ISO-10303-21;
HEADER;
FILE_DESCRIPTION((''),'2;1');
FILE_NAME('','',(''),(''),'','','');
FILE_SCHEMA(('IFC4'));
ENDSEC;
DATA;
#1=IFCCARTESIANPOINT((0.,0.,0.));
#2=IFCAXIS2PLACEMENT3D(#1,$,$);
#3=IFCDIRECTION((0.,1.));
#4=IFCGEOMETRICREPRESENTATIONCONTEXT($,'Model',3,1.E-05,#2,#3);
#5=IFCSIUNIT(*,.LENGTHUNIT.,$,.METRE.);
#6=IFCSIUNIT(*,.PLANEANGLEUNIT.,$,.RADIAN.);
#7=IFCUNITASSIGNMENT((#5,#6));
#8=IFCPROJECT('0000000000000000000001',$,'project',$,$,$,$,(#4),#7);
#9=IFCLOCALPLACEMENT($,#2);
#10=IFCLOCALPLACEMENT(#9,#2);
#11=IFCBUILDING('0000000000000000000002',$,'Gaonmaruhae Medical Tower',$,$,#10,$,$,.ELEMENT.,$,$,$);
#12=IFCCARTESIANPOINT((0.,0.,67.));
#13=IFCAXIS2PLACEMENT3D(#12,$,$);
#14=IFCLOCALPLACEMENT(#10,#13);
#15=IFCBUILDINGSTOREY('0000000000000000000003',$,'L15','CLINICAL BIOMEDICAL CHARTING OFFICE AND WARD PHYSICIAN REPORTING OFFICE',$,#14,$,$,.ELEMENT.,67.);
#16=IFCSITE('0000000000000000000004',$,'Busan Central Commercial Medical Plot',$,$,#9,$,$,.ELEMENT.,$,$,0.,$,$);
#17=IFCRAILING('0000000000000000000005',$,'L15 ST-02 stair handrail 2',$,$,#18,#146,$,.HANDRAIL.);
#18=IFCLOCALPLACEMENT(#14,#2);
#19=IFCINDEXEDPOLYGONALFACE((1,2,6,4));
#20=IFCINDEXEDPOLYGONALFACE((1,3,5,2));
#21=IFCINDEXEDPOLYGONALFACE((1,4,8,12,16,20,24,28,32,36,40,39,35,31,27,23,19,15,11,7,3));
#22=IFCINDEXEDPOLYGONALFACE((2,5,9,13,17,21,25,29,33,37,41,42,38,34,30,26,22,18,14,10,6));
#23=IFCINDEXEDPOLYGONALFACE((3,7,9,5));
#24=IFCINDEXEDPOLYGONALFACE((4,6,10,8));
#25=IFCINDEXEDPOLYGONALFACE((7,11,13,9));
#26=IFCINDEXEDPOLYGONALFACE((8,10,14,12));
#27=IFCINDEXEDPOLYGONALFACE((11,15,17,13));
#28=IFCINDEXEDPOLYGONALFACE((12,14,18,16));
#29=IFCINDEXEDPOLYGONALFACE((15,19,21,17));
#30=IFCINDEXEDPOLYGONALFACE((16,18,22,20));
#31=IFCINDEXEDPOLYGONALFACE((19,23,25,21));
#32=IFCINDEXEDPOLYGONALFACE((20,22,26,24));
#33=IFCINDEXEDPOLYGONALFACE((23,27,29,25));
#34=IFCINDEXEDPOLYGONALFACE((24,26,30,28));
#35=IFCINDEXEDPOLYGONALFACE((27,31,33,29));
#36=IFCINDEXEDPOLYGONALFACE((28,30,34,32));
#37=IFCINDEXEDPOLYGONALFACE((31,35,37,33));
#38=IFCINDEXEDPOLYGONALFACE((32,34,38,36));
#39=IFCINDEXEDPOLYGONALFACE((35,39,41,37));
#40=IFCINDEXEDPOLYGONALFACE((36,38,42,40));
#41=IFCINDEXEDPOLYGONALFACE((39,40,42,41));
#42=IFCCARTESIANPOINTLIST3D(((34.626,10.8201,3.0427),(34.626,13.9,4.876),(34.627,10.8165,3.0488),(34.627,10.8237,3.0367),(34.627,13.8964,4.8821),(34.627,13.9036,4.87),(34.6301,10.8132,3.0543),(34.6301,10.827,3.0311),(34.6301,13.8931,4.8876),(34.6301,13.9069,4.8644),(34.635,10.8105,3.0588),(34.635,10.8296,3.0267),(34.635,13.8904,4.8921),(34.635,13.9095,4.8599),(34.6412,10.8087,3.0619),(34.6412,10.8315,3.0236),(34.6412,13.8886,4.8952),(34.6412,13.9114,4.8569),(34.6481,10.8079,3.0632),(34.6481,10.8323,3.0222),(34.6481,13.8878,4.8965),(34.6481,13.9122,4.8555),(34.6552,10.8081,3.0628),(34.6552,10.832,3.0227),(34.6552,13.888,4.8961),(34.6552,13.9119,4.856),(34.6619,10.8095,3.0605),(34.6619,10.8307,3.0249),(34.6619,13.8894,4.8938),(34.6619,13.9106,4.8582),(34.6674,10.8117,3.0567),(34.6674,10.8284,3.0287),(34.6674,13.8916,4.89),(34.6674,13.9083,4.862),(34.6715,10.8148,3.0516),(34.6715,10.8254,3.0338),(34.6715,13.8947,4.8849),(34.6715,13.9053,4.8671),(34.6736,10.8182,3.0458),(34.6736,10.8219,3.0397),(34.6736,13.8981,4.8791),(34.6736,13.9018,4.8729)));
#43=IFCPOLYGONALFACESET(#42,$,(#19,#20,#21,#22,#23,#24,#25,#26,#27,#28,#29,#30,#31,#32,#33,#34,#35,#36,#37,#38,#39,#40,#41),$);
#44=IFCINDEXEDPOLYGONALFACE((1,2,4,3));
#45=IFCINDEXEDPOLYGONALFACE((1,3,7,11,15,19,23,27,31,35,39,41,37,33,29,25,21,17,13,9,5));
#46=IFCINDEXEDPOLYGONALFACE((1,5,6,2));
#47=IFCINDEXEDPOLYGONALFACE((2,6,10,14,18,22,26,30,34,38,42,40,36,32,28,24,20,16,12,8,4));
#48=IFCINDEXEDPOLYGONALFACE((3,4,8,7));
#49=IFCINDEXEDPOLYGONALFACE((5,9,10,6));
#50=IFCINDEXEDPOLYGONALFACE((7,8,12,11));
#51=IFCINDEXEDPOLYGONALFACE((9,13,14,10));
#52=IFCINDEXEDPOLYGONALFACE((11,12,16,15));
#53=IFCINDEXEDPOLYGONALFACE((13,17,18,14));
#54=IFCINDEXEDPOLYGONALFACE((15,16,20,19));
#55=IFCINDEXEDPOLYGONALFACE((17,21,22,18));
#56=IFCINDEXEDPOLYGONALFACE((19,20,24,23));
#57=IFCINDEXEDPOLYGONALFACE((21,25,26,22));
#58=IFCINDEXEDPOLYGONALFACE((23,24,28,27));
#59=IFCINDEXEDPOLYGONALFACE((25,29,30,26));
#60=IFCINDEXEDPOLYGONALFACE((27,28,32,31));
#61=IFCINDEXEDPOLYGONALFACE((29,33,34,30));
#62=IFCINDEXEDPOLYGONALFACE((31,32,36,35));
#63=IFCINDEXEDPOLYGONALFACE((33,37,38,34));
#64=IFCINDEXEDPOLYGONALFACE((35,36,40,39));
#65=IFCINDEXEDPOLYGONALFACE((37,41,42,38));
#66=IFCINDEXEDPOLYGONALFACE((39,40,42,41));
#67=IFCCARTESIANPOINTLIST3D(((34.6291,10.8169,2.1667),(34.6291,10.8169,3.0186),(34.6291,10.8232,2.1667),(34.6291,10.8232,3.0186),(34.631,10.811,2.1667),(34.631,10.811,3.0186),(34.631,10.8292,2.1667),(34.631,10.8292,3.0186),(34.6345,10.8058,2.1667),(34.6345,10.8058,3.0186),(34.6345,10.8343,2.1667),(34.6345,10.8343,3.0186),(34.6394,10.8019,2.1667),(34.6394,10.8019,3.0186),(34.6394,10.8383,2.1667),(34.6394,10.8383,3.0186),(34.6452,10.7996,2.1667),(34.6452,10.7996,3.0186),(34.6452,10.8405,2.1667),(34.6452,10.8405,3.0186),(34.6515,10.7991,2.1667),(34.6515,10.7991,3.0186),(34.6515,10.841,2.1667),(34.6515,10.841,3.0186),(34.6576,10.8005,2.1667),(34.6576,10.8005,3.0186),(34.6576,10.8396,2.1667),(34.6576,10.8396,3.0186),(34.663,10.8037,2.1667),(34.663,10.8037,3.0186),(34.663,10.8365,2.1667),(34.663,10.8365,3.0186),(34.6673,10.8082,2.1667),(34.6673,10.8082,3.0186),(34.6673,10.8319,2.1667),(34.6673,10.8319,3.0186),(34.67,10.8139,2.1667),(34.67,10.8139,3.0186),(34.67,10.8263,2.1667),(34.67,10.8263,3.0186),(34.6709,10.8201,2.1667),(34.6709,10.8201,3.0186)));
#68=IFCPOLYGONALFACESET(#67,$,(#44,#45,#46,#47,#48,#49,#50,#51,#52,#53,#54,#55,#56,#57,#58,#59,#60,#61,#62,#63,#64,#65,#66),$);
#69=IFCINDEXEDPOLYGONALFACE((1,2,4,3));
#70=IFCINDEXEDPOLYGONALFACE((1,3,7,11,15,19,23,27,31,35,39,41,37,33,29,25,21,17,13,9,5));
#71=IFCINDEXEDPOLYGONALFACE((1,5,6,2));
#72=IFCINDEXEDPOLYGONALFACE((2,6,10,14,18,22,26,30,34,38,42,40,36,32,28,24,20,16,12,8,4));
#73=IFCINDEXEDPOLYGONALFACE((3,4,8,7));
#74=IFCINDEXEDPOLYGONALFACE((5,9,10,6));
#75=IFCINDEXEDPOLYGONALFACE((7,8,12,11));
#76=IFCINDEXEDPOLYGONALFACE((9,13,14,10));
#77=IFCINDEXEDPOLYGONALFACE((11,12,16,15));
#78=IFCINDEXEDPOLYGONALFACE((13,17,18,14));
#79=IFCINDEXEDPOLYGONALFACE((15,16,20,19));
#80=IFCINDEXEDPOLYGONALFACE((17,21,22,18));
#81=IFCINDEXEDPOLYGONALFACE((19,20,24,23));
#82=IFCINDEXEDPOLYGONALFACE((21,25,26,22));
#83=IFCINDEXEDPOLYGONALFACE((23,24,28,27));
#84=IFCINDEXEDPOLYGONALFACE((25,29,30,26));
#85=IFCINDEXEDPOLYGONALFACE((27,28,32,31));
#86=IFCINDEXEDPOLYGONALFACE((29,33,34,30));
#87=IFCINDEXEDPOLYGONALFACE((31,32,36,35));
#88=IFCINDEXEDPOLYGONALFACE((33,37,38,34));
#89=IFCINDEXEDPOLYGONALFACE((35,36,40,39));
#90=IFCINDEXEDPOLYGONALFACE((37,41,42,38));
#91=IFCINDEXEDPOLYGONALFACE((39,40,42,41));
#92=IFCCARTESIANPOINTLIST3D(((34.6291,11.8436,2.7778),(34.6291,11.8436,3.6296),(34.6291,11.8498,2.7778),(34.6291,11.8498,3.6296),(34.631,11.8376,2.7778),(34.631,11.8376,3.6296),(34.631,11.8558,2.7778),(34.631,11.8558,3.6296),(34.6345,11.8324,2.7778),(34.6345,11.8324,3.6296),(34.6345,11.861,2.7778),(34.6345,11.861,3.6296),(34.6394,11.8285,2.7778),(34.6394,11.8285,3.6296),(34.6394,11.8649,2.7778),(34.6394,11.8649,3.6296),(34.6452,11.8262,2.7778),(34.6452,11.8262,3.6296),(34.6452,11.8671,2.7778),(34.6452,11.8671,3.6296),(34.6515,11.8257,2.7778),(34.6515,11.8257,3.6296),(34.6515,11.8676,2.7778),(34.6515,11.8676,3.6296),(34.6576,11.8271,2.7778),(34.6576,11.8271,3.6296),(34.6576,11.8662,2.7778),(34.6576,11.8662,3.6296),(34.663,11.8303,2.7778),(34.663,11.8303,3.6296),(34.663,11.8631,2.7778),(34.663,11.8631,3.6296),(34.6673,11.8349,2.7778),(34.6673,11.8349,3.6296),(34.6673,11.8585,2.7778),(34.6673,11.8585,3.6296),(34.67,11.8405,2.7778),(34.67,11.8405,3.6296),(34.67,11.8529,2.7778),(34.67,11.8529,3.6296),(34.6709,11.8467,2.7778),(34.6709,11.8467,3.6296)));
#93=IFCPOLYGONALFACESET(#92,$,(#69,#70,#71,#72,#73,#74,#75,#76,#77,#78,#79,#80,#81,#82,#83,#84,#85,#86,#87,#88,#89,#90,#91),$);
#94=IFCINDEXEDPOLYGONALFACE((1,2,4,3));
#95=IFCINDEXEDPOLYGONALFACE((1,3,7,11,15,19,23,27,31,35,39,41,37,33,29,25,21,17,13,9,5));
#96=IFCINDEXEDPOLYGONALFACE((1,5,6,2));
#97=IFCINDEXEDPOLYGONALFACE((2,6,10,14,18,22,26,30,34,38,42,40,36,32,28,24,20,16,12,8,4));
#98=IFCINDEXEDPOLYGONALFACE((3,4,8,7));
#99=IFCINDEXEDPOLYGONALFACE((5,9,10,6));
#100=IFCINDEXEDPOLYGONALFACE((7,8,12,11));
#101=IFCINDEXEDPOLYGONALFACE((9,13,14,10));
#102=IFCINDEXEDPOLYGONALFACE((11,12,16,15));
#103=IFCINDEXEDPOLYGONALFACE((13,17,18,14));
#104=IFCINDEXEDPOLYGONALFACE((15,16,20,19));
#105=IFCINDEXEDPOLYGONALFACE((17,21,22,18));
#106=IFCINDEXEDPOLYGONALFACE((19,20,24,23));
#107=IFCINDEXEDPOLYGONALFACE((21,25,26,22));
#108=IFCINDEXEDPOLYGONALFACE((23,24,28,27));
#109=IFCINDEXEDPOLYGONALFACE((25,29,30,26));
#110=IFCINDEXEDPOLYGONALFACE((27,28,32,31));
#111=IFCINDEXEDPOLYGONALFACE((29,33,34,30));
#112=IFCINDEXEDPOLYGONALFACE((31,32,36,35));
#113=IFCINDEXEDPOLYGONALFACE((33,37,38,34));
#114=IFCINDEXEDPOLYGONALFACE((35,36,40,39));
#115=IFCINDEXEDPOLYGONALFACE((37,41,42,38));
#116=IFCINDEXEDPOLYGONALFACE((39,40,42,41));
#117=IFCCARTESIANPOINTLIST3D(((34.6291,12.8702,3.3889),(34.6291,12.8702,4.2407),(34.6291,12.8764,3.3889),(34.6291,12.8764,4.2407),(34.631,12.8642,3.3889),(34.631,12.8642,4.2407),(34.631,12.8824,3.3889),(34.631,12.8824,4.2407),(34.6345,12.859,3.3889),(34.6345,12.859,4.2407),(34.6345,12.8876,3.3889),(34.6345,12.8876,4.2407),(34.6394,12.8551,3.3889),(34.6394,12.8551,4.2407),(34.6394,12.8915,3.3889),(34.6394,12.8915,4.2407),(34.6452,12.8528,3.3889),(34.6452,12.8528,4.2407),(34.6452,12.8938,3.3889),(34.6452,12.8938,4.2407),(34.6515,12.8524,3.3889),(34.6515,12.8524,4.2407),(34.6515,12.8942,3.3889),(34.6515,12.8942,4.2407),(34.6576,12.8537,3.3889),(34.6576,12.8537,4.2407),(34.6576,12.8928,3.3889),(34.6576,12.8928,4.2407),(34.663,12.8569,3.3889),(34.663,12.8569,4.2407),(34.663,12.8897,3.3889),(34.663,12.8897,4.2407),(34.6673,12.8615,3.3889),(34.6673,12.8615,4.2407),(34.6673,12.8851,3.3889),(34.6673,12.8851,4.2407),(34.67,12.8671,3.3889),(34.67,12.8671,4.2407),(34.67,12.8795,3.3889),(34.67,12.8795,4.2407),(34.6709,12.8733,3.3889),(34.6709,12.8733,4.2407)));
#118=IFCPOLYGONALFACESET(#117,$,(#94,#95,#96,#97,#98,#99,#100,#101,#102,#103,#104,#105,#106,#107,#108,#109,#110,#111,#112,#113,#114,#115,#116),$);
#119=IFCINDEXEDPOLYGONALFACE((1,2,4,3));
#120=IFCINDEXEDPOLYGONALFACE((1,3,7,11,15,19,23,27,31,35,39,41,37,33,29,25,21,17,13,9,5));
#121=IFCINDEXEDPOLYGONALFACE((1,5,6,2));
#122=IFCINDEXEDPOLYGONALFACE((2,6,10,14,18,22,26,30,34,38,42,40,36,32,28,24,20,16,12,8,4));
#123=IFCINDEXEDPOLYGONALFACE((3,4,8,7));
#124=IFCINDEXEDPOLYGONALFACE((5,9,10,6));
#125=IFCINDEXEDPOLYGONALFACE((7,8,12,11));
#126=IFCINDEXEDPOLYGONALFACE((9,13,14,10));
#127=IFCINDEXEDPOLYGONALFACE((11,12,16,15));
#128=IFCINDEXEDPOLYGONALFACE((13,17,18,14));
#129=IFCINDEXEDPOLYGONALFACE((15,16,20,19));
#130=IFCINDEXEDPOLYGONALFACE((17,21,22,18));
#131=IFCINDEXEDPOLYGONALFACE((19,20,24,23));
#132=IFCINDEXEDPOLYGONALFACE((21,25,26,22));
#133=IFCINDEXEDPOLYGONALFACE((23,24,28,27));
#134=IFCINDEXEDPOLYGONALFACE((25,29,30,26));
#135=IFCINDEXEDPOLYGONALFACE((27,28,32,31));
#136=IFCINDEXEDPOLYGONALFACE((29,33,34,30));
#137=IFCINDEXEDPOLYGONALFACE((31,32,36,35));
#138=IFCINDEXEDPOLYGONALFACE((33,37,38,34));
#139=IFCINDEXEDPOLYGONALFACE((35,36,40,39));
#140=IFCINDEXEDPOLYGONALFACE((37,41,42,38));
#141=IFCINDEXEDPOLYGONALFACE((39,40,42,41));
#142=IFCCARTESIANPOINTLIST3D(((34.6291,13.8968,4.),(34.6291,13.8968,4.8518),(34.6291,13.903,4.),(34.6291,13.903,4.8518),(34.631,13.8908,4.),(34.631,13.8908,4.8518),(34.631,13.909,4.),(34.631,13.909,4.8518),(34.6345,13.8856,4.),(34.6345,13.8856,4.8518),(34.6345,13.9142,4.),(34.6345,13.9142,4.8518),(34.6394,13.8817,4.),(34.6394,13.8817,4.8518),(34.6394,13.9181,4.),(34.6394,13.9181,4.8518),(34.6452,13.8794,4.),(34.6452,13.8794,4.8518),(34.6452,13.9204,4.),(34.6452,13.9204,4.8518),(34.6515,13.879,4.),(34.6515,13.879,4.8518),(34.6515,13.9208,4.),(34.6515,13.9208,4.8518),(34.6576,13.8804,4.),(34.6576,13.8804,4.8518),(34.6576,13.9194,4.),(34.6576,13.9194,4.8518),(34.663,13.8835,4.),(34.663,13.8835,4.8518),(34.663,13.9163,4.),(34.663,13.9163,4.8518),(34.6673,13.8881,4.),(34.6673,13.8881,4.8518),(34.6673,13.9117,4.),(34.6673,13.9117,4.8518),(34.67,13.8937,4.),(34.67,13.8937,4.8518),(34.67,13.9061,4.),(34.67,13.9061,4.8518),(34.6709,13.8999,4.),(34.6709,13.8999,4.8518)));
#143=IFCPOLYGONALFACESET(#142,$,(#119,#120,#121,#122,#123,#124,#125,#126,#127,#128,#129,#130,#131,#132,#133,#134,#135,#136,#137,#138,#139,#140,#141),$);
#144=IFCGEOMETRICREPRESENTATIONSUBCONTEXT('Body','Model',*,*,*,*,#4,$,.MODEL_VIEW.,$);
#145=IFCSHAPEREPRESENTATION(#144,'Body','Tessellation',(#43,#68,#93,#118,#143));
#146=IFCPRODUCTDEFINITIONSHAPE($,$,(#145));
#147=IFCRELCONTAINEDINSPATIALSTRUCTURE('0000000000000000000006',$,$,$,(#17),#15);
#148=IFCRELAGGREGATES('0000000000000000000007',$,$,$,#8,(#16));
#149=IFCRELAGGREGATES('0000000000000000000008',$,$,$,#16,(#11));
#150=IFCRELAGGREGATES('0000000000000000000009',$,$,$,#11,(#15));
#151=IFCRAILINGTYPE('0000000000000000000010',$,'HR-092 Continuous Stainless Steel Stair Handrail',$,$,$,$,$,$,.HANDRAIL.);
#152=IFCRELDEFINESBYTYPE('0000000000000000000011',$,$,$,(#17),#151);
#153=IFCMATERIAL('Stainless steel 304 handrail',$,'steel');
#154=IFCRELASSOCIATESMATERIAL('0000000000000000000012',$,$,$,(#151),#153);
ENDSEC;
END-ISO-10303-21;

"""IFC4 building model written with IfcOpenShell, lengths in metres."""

from ifc_helpers import new_model, si_unit, direction, frame, origin, origin_2d, place, context, subcontext, project, spatial, circle, extrude, material, type_object, element, save


model = new_model("IFC4")

# Units and contexts
model_context = context("Model", 3, precision=1e-05, world=origin(), true_north=direction((0.0, 1.0)))
body_context = subcontext(model_context, "Body", "Model", "MODEL_VIEW")
ifc_project = project(units=[si_unit("LENGTHUNIT", "METRE"), si_unit("PLANEANGLEUNIT", "RADIAN")], contexts=[model_context])

# Site, building, storey
site_placement = place(None, origin())
site = spatial("IfcSite", under=ifc_project, at=site_placement, Name="Busan Central Commercial Medical Plot", CompositionType="ELEMENT", RefElevation=0.0)
building_placement = place(site_placement, origin())
building = spatial("IfcBuilding", under=site, at=building_placement, Name="Gaonmaruhae Medical Tower", CompositionType="ELEMENT")
storey_placement = place(building_placement, frame((0.0, 0.0, 67.0)))
storey = spatial("IfcBuildingStorey", under=building, at=storey_placement, Name="L15", Description="CLINICAL BIOMEDICAL CHARTING OFFICE AND WARD PHYSICIAN REPORTING OFFICE", CompositionType="ELEMENT", Elevation=67.0)

# Railing
ifc_material_1 = material(Name="Stainless steel 304 handrail", Category="steel")
railing_type_1 = type_object("IfcRailingType", Name="HR-092 Continuous Stainless Steel Stair Handrail", PredefinedType="HANDRAIL", material=ifc_material_1)
railing_1_placement = place(storey_placement, frame((34.6499, 10.8201, 2.1667)))
element("IfcRailing", 1, at=railing_1_placement, inside=storey, type_object=railing_type_1, Name="L15 ST-02 stair handrail 2", PredefinedType="HANDRAIL", context=body_context, shape_type="SweptSolid", body=[
    extrude(circle(Radius=0.0239, at=origin_2d()), frame((0.0, 0.0, 0.876), z_axis=(0.0, 0.859291, 0.511487), x_axis=(-1.0, 0.0, 0.0)), (0.0, 0.0, 1.0), 3.5842),
    extrude(circle(Radius=0.021, at=origin_2d()), origin(), (0.0, 0.0, 1.0), 0.8518),
    extrude(circle(Radius=0.021, at=origin_2d()), frame((0.0, 1.0266, 0.6111)), (0.0, 0.0, 1.0), 0.8518),
    extrude(circle(Radius=0.021, at=origin_2d()), frame((0.0, 2.0532, 1.2222)), (0.0, 0.0, 1.0), 0.8518),
    extrude(circle(Radius=0.021, at=origin_2d()), frame((0.0, 3.0798, 1.8333)), (0.0, 0.0, 1.0), 0.8518),
])

save(model, "model.ifc")
